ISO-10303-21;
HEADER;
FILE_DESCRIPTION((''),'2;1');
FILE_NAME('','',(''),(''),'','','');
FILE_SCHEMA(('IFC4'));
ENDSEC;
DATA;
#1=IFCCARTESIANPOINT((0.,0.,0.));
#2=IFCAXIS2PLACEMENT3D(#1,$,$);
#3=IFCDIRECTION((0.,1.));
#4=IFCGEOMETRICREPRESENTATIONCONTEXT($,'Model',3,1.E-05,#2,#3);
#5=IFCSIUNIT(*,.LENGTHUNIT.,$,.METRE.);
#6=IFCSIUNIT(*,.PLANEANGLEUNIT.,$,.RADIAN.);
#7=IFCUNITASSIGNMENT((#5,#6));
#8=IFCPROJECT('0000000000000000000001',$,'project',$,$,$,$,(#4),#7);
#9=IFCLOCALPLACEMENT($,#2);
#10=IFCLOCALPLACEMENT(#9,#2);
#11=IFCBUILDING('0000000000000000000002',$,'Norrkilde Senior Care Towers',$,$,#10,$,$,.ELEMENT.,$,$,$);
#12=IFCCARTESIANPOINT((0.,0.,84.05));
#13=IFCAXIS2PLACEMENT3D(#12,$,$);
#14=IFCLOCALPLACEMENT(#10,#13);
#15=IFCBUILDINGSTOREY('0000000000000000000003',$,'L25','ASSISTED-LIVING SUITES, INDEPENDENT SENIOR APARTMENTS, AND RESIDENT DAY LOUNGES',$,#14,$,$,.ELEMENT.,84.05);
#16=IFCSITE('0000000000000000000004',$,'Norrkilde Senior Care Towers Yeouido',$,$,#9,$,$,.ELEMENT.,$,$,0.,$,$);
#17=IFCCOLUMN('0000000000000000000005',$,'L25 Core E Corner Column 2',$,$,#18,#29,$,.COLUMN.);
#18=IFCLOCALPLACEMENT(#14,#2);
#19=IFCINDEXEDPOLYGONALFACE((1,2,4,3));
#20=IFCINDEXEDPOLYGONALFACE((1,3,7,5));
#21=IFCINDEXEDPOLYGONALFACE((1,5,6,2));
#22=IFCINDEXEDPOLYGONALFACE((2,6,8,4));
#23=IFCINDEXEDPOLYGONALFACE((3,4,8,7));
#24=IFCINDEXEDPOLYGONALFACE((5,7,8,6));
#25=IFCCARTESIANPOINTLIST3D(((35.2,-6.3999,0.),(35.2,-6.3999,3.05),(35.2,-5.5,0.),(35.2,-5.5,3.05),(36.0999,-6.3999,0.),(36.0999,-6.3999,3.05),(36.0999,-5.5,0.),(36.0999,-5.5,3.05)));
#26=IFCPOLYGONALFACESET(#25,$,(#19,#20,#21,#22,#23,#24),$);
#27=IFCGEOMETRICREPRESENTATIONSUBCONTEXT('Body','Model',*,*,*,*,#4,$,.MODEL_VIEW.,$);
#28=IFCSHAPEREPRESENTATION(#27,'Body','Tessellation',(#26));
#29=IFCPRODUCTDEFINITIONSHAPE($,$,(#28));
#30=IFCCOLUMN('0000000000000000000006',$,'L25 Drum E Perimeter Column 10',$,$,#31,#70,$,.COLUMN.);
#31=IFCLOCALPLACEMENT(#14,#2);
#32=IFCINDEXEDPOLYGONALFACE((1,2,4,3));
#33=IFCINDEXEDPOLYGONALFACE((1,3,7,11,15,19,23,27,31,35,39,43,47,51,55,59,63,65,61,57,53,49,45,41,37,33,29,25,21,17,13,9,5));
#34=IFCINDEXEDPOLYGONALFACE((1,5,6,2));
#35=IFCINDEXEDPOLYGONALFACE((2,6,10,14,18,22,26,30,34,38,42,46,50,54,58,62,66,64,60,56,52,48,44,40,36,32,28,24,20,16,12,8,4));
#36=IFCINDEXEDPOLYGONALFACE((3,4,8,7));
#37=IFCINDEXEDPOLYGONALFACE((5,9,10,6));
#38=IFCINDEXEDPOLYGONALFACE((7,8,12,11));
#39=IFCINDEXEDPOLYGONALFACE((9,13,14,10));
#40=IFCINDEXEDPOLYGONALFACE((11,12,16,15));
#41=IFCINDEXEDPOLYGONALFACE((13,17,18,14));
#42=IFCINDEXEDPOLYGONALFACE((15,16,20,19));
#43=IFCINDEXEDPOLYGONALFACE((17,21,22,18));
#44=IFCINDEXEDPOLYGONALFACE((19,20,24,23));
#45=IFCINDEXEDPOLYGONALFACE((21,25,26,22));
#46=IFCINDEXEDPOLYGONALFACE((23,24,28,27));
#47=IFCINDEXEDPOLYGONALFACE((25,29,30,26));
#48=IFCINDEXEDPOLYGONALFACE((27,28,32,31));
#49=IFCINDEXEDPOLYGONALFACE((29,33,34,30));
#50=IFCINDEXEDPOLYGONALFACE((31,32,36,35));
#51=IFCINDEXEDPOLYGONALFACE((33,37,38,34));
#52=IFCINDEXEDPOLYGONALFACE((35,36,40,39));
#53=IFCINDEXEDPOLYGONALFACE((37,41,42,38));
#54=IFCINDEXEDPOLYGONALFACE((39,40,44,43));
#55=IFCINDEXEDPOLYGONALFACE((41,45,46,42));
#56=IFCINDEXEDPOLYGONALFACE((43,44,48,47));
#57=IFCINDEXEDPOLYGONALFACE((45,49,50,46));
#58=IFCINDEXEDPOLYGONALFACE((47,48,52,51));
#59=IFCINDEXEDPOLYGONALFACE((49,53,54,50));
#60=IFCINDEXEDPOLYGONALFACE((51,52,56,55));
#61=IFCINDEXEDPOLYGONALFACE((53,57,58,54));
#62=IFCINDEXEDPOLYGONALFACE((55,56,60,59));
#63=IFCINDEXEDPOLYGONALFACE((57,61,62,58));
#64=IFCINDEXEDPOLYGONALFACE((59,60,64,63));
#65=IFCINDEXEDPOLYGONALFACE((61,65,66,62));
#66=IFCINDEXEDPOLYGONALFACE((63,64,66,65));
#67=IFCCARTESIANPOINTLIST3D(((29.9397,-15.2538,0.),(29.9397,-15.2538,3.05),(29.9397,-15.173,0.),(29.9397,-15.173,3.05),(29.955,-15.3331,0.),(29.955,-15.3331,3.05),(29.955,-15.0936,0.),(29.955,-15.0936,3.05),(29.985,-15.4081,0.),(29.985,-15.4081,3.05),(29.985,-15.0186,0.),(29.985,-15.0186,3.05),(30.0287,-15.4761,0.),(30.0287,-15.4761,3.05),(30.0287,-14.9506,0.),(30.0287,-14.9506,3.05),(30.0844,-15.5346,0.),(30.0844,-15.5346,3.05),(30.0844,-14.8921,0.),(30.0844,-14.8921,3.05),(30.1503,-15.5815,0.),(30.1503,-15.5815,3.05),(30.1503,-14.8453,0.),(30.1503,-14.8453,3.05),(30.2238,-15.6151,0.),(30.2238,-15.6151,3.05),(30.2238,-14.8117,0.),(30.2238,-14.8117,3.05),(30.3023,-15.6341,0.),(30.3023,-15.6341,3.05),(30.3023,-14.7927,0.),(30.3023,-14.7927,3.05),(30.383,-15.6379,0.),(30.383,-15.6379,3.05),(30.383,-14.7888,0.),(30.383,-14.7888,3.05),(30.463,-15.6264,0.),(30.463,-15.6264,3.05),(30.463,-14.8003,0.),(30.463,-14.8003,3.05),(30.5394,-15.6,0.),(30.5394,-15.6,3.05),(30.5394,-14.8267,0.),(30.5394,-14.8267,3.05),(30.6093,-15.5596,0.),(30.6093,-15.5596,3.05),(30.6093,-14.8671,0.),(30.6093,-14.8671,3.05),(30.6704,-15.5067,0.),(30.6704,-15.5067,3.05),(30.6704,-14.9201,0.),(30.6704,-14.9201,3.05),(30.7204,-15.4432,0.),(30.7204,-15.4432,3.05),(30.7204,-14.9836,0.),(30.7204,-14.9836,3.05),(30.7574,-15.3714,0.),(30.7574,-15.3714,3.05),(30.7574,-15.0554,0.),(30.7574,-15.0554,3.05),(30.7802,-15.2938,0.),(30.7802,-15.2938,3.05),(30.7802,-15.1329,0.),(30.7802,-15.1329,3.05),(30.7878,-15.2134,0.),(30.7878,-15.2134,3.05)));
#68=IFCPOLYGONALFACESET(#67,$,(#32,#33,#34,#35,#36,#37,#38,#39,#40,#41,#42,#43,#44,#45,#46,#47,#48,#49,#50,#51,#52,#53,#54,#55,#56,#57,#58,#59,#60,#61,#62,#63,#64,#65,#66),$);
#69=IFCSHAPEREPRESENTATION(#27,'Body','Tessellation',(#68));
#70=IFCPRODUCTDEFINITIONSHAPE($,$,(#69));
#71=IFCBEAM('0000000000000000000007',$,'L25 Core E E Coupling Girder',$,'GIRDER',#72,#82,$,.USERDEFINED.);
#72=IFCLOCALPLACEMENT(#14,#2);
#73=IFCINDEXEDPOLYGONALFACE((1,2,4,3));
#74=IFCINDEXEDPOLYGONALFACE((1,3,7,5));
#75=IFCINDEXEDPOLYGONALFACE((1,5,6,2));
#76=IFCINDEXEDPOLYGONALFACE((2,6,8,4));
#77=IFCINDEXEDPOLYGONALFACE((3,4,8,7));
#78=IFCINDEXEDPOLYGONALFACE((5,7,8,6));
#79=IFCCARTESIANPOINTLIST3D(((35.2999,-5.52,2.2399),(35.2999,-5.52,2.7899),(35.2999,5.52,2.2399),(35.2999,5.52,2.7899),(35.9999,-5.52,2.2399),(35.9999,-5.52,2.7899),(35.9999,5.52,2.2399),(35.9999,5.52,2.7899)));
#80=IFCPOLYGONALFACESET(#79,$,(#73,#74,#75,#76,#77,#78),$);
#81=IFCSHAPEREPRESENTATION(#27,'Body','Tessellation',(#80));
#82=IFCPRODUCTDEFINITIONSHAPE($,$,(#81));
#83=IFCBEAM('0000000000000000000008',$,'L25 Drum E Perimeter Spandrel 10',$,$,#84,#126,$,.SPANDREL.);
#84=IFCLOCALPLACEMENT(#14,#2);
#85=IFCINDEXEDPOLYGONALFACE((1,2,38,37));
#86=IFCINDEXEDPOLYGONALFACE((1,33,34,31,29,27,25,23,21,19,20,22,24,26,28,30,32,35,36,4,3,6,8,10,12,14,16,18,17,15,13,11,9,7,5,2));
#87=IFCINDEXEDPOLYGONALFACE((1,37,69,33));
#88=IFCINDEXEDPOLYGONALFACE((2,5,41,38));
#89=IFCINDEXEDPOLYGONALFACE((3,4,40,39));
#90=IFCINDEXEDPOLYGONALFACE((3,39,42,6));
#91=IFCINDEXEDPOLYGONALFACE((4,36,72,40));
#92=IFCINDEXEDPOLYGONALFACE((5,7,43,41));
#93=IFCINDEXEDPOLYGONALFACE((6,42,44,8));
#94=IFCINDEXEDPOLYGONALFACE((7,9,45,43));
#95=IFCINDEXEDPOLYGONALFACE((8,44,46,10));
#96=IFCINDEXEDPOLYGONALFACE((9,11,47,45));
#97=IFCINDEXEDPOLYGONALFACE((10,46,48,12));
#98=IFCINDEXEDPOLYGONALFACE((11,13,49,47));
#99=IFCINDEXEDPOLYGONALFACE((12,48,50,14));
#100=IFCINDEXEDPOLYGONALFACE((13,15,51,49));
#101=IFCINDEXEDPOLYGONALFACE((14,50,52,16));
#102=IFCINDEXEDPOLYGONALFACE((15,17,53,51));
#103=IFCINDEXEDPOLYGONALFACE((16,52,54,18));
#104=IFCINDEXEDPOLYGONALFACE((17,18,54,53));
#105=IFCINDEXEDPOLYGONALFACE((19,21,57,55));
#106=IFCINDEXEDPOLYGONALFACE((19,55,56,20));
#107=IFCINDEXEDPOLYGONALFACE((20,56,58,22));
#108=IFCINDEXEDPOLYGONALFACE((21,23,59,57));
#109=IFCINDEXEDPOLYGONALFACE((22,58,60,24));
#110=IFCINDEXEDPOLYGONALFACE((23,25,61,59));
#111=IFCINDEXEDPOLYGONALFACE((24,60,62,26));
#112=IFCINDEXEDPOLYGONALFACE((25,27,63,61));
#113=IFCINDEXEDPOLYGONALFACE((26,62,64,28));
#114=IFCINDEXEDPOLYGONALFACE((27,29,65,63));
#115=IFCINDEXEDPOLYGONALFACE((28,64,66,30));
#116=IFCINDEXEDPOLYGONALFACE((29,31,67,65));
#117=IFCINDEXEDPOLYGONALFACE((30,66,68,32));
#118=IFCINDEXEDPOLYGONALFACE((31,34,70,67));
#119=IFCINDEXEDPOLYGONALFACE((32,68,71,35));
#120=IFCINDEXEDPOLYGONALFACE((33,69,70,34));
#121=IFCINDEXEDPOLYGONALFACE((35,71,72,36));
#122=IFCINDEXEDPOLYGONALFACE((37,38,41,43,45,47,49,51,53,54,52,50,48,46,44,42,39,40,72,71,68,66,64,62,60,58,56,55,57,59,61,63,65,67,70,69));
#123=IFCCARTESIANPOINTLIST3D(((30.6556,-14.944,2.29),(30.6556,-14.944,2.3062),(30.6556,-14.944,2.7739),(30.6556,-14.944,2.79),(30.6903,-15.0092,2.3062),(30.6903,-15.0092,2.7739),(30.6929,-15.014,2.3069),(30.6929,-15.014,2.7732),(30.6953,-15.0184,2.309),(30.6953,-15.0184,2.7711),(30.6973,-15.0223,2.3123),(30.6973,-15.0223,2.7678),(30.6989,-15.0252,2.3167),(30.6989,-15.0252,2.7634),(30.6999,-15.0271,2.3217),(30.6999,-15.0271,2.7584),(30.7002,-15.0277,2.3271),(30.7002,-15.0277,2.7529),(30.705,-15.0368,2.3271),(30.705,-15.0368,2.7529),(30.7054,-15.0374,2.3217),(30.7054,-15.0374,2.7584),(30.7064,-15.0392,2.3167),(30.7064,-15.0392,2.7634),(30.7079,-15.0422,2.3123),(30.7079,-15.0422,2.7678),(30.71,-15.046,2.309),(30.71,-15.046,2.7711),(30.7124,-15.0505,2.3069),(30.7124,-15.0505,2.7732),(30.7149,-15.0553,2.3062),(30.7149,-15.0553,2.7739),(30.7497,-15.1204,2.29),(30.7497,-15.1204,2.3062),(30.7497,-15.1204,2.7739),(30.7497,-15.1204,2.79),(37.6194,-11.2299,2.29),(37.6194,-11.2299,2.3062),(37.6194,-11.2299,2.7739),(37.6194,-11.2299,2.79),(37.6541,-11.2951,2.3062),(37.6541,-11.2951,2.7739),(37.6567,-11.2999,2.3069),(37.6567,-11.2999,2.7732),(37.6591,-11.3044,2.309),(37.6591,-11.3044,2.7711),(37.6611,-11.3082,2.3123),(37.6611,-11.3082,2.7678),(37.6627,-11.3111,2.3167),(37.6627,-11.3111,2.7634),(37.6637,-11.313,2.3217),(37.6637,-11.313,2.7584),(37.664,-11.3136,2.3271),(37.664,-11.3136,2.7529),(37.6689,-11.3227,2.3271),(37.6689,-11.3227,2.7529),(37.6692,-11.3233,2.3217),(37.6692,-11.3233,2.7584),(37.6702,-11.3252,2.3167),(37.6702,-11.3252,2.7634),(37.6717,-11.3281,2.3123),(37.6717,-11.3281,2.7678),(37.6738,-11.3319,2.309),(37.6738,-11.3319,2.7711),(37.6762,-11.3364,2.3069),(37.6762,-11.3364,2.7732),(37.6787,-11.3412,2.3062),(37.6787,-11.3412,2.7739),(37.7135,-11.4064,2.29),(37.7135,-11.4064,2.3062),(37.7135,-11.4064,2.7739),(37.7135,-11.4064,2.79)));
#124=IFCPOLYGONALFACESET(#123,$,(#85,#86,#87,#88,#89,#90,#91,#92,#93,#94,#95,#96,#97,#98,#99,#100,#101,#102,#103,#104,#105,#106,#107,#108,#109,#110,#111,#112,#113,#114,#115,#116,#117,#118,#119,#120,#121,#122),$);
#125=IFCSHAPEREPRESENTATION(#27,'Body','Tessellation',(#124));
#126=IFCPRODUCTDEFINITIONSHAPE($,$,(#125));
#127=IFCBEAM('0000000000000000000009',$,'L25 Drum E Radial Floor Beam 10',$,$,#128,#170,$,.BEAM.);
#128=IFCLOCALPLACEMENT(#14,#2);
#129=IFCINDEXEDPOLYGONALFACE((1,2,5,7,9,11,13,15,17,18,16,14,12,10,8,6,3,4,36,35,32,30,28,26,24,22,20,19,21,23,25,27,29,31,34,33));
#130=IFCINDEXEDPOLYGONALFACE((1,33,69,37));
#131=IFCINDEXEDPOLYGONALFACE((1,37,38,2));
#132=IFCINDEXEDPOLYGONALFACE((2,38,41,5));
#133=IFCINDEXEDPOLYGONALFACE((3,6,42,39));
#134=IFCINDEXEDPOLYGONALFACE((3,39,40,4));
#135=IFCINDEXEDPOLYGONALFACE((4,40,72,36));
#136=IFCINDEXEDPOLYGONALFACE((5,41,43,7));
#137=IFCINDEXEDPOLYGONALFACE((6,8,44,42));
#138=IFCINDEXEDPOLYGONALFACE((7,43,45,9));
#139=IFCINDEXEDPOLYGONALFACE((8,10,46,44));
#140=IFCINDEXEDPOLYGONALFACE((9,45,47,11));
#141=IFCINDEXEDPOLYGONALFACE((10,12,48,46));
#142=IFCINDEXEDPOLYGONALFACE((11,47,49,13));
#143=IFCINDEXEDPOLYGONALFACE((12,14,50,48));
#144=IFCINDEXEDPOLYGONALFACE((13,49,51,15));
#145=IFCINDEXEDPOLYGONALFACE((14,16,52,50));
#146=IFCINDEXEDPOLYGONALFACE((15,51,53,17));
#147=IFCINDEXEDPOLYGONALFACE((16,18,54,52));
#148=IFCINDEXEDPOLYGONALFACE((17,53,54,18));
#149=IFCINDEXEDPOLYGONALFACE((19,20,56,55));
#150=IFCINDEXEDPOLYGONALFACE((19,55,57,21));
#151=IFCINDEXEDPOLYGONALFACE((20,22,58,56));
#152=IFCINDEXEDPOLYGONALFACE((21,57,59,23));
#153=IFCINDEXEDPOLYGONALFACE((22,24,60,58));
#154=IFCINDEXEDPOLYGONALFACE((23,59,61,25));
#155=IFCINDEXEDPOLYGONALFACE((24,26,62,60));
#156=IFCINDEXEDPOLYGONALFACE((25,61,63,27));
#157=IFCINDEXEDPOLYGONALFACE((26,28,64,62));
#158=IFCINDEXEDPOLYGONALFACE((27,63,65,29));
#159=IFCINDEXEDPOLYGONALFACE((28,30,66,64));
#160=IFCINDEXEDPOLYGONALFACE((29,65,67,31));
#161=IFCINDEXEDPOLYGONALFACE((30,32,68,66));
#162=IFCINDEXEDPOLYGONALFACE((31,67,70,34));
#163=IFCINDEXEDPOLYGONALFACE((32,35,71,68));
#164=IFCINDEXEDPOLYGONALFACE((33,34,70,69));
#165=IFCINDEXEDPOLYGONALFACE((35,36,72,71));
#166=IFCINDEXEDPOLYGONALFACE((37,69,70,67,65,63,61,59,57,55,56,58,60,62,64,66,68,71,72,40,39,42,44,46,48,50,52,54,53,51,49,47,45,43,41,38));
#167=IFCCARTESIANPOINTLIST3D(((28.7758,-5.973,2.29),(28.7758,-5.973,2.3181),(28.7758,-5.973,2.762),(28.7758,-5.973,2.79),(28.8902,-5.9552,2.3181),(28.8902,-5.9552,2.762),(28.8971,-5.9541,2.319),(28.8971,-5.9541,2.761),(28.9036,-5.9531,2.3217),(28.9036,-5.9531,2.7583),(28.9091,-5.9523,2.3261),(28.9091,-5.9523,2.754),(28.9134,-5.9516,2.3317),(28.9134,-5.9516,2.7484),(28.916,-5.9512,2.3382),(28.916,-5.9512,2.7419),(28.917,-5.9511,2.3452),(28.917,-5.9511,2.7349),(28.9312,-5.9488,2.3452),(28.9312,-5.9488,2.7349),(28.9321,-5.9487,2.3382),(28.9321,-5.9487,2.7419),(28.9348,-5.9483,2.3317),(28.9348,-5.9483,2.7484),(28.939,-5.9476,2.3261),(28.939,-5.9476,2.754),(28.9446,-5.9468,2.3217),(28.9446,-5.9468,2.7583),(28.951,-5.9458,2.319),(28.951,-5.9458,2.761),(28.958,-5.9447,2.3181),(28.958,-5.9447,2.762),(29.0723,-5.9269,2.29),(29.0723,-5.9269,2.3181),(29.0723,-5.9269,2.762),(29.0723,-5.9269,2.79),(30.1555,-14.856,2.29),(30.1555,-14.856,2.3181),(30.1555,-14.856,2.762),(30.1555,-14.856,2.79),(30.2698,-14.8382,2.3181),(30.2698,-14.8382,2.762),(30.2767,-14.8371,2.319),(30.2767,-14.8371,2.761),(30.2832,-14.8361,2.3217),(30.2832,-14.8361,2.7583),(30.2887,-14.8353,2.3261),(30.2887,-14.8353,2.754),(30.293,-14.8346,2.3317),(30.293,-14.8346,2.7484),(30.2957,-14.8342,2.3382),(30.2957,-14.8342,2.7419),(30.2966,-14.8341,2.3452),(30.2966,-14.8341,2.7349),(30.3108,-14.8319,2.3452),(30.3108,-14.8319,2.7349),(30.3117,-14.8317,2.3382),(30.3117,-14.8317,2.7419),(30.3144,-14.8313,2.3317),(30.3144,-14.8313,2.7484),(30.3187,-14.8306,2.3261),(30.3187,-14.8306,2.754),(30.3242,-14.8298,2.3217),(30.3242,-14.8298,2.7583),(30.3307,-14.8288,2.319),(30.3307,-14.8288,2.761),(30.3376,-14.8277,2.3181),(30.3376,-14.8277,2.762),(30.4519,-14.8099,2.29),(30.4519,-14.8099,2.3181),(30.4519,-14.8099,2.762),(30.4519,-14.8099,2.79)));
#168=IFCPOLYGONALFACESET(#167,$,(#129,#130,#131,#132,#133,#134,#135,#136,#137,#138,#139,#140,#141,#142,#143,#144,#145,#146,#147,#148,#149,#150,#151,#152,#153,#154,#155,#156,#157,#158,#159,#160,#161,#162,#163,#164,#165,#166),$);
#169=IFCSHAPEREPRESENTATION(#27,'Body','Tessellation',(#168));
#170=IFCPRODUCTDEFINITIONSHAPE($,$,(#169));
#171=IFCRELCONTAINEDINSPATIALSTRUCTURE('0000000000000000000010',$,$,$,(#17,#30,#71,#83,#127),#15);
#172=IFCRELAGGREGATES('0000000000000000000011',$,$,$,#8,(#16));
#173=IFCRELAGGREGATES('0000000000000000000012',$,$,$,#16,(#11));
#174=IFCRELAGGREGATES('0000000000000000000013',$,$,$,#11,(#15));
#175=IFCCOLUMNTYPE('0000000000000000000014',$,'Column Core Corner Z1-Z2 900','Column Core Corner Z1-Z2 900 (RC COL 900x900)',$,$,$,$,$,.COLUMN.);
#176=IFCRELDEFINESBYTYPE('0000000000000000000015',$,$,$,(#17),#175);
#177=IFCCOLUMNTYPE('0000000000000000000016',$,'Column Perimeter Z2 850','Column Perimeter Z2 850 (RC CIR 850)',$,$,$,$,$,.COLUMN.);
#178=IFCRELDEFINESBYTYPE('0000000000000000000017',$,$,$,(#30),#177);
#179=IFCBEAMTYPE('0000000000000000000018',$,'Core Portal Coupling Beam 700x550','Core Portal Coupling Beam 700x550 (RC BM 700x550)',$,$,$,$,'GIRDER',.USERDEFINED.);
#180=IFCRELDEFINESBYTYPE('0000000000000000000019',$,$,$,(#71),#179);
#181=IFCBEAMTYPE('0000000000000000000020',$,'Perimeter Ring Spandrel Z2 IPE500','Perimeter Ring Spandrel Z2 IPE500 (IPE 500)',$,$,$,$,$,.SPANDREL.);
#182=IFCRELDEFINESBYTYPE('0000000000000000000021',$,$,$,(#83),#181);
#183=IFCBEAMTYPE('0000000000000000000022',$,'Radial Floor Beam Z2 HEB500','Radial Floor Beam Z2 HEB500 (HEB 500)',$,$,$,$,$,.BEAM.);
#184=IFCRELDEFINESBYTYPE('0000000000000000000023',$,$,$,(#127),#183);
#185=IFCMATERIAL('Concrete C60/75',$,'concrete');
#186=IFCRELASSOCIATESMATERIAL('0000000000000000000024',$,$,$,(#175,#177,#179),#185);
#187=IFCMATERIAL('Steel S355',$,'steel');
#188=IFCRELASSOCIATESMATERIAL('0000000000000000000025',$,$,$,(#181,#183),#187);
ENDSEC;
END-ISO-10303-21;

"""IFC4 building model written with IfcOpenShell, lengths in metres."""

from ifc_helpers import new_model, si_unit, direction, frame, origin, origin_2d, place, context, subcontext, project, spatial, rectangle, circle, i_section, extrude, source, transform, mapped, material, material_profile, profile_set, type_object, type_shapes, element, save


model = new_model("IFC4")

# Units and contexts
model_context = context("Model", 3, precision=1e-05, world=origin(), true_north=direction((0.0, 1.0)))
body_context = subcontext(model_context, "Body", "Model", "MODEL_VIEW")
ifc_project = project(units=[si_unit("LENGTHUNIT", "METRE"), si_unit("PLANEANGLEUNIT", "RADIAN")], contexts=[model_context])

# Site, building, storey
site_placement = place(None, origin())
site = spatial("IfcSite", under=ifc_project, at=site_placement, Name="Norrkilde Senior Care Towers Yeouido", CompositionType="ELEMENT", RefElevation=0.0)
building_placement = place(site_placement, origin())
building = spatial("IfcBuilding", under=site, at=building_placement, Name="Norrkilde Senior Care Towers", CompositionType="ELEMENT")
storey_placement = place(building_placement, frame((0.0, 0.0, 84.05)))
storey = spatial("IfcBuildingStorey", under=building, at=storey_placement, Name="L25", Description="ASSISTED-LIVING SUITES, INDEPENDENT SENIOR APARTMENTS, AND RESIDENT DAY LOUNGES", CompositionType="ELEMENT", Elevation=84.05)

# Columns
ifc_material_1 = material(Name="Concrete C60/75", Category="concrete")
ifc_material_profile_1 = material_profile(ifc_material_1, rectangle(XDim=0.8999, YDim=0.8999, at=origin_2d()), Name="RC COL 900x900")
ifc_profile_set_1 = profile_set([ifc_material_profile_1], Name="Concrete C60/75")
column_type_1 = type_object("IfcColumnType", Name="Column Core Corner Z1-Z2 900", Description="Column Core Corner Z1-Z2 900 (RC COL 900x900)", PredefinedType="COLUMN", material=ifc_profile_set_1)
shared_shape_1 = source(origin(), body_context, "Body", "SweptSolid", [
    extrude(rectangle(XDim=0.8999, YDim=0.8999, at=origin_2d()), origin(), (0.0, 0.0, 1.0), 3.05),
])
type_shapes(column_type_1, [shared_shape_1])
column_1_placement = place(storey_placement, frame((35.6499, -5.95, 0.0), z_axis=(0.0, 0.0, 1.0), x_axis=(1.0, 0.0, 0.0)))
element("IfcColumn", 1, at=column_1_placement, inside=storey, type_object=column_type_1, Name="L25 Core E Corner Column 2", PredefinedType="COLUMN", context=body_context, shape_type="MappedRepresentation", body=[
    mapped(shared_shape_1, transform((0.0, 0.0, 0.0), x_axis=(1.0, 0.0, 0.0), y_axis=(0.0, 1.0, 0.0), z_axis=(0.0, 0.0, 1.0), scale=1.0)),
])
ifc_material_profile_2 = material_profile(ifc_material_1, circle(Radius=0.425, at=origin_2d()), Name="RC CIR 850")
ifc_profile_set_2 = profile_set([ifc_material_profile_2], Name="Concrete C60/75")
column_type_2 = type_object("IfcColumnType", Name="Column Perimeter Z2 850", Description="Column Perimeter Z2 850 (RC CIR 850)", PredefinedType="COLUMN", material=ifc_profile_set_2)
shared_shape_2 = source(origin(), body_context, "Body", "SweptSolid", [
    extrude(circle(Radius=0.425, at=origin_2d()), origin(), (0.0, 0.0, 1.0), 3.05),
])
type_shapes(column_type_2, [shared_shape_2])
column_2_placement = place(storey_placement, frame((30.3628, -15.2134, 0.0), z_axis=(0.0, 0.0, 1.0), x_axis=(1.0, 0.0, 0.0)))
element("IfcColumn", 2, at=column_2_placement, inside=storey, type_object=column_type_2, Name="L25 Drum E Perimeter Column 10", PredefinedType="COLUMN", context=body_context, shape_type="MappedRepresentation", body=[
    mapped(shared_shape_2, transform((0.0, 0.0, 0.0), x_axis=(1.0, 0.0, 0.0), y_axis=(0.0, 1.0, 0.0), z_axis=(0.0, 0.0, 1.0), scale=1.0)),
])

# Beams
ifc_material_profile_3 = material_profile(ifc_material_1, rectangle(XDim=0.7, YDim=0.55, at=origin_2d()), Name="RC BM 700x550")
ifc_profile_set_3 = profile_set([ifc_material_profile_3], Name="Concrete C60/75")
beam_type_1 = type_object("IfcBeamType", Name="Core Portal Coupling Beam 700x550", Description="Core Portal Coupling Beam 700x550 (RC BM 700x550)", ElementType="GIRDER", PredefinedType="USERDEFINED", material=ifc_profile_set_3)
shared_shape_3 = source(origin(), body_context, "Body", "SweptSolid", [
    extrude(rectangle(XDim=0.7, YDim=0.55, at=origin_2d()), origin(), (0.0, 0.0, 1.0), 11.04),
])
type_shapes(beam_type_1, [shared_shape_3])
beam_1_placement = place(storey_placement, frame((35.6499, -5.52, 2.5149), z_axis=(0.0, 1.0, 0.0), x_axis=(-1.0, 0.0, 0.0)))
element("IfcBeam", 3, at=beam_1_placement, inside=storey, type_object=beam_type_1, Name="L25 Core E E Coupling Girder", ObjectType="GIRDER", PredefinedType="USERDEFINED", context=body_context, shape_type="MappedRepresentation", body=[
    mapped(shared_shape_3, transform((0.0, 0.0, 0.0), x_axis=(1.0, 0.0, 0.0), y_axis=(0.0, 1.0, 0.0), z_axis=(0.0, 0.0, 1.0), scale=1.0)),
])
ifc_material_2 = material(Name="Steel S355", Category="steel")
ifc_material_profile_4 = material_profile(ifc_material_2, i_section(OverallWidth=0.2, OverallDepth=0.5, WebThickness=0.0103, FlangeThickness=0.0161, FilletRadius=0.021, at=origin_2d()), Name="IPE 500")
ifc_profile_set_4 = profile_set([ifc_material_profile_4], Name="Steel S355")
beam_type_2 = type_object("IfcBeamType", Name="Perimeter Ring Spandrel Z2 IPE500", Description="Perimeter Ring Spandrel Z2 IPE500 (IPE 500)", PredefinedType="SPANDREL", material=ifc_profile_set_4)
shared_shape_4 = source(origin(), body_context, "Body", "SweptSolid", [
    extrude(i_section(OverallWidth=0.2, OverallDepth=0.5, WebThickness=0.0103, FlangeThickness=0.0161, FilletRadius=0.021, at=origin_2d()), origin(), (0.0, 0.0, 1.0), 7.8923),
])
type_shapes(beam_type_2, [shared_shape_4])
beam_2_placement = place(storey_placement, frame((30.7026, -15.0322, 2.54), z_axis=(0.88235, 0.470593, 0.0), x_axis=(-0.470593, 0.88235, 0.0)))
element("IfcBeam", 4, at=beam_2_placement, inside=storey, type_object=beam_type_2, Name="L25 Drum E Perimeter Spandrel 10", PredefinedType="SPANDREL", context=body_context, shape_type="MappedRepresentation", body=[
    mapped(shared_shape_4, transform((0.0, 0.0, 0.0), x_axis=(1.0, 0.0, 0.0), y_axis=(0.0, 1.0, 0.0), z_axis=(0.0, 0.0, 1.0), scale=1.0)),
])
ifc_material_profile_5 = material_profile(ifc_material_2, i_section(OverallWidth=0.3, OverallDepth=0.5, WebThickness=0.0144, FlangeThickness=0.0281, FilletRadius=0.0271, at=origin_2d()), Name="HEB 500")
ifc_profile_set_5 = profile_set([ifc_material_profile_5], Name="Steel S355")
beam_type_3 = type_object("IfcBeamType", Name="Radial Floor Beam Z2 HEB500", Description="Radial Floor Beam Z2 HEB500 (HEB 500)", PredefinedType="BEAM", material=ifc_profile_set_5)
shared_shape_5 = source(origin(), body_context, "Body", "SweptSolid", [
    extrude(i_section(OverallWidth=0.3, OverallDepth=0.5, WebThickness=0.0144, FlangeThickness=0.0281, FilletRadius=0.0271, at=origin_2d()), origin(), (0.0, 0.0, 1.0), 8.9895),
])
beam_3_placement = place(storey_placement, frame((28.9241, -5.95, 2.54), z_axis=(0.153471, -0.988153, 0.0), x_axis=(0.988153, 0.153471, 0.0)))
element("IfcBeam", 5, at=beam_3_placement, inside=storey, type_object=beam_type_3, Name="L25 Drum E Radial Floor Beam 10", PredefinedType="BEAM", context=body_context, shape_type="MappedRepresentation", body=[
    mapped(shared_shape_5, transform((0.0, 0.0, 0.0), x_axis=(1.0, 0.0, 0.0), y_axis=(0.0, 1.0, 0.0), z_axis=(0.0, 0.0, 1.0), scale=1.0)),
])

save(model, "model.ifc")
